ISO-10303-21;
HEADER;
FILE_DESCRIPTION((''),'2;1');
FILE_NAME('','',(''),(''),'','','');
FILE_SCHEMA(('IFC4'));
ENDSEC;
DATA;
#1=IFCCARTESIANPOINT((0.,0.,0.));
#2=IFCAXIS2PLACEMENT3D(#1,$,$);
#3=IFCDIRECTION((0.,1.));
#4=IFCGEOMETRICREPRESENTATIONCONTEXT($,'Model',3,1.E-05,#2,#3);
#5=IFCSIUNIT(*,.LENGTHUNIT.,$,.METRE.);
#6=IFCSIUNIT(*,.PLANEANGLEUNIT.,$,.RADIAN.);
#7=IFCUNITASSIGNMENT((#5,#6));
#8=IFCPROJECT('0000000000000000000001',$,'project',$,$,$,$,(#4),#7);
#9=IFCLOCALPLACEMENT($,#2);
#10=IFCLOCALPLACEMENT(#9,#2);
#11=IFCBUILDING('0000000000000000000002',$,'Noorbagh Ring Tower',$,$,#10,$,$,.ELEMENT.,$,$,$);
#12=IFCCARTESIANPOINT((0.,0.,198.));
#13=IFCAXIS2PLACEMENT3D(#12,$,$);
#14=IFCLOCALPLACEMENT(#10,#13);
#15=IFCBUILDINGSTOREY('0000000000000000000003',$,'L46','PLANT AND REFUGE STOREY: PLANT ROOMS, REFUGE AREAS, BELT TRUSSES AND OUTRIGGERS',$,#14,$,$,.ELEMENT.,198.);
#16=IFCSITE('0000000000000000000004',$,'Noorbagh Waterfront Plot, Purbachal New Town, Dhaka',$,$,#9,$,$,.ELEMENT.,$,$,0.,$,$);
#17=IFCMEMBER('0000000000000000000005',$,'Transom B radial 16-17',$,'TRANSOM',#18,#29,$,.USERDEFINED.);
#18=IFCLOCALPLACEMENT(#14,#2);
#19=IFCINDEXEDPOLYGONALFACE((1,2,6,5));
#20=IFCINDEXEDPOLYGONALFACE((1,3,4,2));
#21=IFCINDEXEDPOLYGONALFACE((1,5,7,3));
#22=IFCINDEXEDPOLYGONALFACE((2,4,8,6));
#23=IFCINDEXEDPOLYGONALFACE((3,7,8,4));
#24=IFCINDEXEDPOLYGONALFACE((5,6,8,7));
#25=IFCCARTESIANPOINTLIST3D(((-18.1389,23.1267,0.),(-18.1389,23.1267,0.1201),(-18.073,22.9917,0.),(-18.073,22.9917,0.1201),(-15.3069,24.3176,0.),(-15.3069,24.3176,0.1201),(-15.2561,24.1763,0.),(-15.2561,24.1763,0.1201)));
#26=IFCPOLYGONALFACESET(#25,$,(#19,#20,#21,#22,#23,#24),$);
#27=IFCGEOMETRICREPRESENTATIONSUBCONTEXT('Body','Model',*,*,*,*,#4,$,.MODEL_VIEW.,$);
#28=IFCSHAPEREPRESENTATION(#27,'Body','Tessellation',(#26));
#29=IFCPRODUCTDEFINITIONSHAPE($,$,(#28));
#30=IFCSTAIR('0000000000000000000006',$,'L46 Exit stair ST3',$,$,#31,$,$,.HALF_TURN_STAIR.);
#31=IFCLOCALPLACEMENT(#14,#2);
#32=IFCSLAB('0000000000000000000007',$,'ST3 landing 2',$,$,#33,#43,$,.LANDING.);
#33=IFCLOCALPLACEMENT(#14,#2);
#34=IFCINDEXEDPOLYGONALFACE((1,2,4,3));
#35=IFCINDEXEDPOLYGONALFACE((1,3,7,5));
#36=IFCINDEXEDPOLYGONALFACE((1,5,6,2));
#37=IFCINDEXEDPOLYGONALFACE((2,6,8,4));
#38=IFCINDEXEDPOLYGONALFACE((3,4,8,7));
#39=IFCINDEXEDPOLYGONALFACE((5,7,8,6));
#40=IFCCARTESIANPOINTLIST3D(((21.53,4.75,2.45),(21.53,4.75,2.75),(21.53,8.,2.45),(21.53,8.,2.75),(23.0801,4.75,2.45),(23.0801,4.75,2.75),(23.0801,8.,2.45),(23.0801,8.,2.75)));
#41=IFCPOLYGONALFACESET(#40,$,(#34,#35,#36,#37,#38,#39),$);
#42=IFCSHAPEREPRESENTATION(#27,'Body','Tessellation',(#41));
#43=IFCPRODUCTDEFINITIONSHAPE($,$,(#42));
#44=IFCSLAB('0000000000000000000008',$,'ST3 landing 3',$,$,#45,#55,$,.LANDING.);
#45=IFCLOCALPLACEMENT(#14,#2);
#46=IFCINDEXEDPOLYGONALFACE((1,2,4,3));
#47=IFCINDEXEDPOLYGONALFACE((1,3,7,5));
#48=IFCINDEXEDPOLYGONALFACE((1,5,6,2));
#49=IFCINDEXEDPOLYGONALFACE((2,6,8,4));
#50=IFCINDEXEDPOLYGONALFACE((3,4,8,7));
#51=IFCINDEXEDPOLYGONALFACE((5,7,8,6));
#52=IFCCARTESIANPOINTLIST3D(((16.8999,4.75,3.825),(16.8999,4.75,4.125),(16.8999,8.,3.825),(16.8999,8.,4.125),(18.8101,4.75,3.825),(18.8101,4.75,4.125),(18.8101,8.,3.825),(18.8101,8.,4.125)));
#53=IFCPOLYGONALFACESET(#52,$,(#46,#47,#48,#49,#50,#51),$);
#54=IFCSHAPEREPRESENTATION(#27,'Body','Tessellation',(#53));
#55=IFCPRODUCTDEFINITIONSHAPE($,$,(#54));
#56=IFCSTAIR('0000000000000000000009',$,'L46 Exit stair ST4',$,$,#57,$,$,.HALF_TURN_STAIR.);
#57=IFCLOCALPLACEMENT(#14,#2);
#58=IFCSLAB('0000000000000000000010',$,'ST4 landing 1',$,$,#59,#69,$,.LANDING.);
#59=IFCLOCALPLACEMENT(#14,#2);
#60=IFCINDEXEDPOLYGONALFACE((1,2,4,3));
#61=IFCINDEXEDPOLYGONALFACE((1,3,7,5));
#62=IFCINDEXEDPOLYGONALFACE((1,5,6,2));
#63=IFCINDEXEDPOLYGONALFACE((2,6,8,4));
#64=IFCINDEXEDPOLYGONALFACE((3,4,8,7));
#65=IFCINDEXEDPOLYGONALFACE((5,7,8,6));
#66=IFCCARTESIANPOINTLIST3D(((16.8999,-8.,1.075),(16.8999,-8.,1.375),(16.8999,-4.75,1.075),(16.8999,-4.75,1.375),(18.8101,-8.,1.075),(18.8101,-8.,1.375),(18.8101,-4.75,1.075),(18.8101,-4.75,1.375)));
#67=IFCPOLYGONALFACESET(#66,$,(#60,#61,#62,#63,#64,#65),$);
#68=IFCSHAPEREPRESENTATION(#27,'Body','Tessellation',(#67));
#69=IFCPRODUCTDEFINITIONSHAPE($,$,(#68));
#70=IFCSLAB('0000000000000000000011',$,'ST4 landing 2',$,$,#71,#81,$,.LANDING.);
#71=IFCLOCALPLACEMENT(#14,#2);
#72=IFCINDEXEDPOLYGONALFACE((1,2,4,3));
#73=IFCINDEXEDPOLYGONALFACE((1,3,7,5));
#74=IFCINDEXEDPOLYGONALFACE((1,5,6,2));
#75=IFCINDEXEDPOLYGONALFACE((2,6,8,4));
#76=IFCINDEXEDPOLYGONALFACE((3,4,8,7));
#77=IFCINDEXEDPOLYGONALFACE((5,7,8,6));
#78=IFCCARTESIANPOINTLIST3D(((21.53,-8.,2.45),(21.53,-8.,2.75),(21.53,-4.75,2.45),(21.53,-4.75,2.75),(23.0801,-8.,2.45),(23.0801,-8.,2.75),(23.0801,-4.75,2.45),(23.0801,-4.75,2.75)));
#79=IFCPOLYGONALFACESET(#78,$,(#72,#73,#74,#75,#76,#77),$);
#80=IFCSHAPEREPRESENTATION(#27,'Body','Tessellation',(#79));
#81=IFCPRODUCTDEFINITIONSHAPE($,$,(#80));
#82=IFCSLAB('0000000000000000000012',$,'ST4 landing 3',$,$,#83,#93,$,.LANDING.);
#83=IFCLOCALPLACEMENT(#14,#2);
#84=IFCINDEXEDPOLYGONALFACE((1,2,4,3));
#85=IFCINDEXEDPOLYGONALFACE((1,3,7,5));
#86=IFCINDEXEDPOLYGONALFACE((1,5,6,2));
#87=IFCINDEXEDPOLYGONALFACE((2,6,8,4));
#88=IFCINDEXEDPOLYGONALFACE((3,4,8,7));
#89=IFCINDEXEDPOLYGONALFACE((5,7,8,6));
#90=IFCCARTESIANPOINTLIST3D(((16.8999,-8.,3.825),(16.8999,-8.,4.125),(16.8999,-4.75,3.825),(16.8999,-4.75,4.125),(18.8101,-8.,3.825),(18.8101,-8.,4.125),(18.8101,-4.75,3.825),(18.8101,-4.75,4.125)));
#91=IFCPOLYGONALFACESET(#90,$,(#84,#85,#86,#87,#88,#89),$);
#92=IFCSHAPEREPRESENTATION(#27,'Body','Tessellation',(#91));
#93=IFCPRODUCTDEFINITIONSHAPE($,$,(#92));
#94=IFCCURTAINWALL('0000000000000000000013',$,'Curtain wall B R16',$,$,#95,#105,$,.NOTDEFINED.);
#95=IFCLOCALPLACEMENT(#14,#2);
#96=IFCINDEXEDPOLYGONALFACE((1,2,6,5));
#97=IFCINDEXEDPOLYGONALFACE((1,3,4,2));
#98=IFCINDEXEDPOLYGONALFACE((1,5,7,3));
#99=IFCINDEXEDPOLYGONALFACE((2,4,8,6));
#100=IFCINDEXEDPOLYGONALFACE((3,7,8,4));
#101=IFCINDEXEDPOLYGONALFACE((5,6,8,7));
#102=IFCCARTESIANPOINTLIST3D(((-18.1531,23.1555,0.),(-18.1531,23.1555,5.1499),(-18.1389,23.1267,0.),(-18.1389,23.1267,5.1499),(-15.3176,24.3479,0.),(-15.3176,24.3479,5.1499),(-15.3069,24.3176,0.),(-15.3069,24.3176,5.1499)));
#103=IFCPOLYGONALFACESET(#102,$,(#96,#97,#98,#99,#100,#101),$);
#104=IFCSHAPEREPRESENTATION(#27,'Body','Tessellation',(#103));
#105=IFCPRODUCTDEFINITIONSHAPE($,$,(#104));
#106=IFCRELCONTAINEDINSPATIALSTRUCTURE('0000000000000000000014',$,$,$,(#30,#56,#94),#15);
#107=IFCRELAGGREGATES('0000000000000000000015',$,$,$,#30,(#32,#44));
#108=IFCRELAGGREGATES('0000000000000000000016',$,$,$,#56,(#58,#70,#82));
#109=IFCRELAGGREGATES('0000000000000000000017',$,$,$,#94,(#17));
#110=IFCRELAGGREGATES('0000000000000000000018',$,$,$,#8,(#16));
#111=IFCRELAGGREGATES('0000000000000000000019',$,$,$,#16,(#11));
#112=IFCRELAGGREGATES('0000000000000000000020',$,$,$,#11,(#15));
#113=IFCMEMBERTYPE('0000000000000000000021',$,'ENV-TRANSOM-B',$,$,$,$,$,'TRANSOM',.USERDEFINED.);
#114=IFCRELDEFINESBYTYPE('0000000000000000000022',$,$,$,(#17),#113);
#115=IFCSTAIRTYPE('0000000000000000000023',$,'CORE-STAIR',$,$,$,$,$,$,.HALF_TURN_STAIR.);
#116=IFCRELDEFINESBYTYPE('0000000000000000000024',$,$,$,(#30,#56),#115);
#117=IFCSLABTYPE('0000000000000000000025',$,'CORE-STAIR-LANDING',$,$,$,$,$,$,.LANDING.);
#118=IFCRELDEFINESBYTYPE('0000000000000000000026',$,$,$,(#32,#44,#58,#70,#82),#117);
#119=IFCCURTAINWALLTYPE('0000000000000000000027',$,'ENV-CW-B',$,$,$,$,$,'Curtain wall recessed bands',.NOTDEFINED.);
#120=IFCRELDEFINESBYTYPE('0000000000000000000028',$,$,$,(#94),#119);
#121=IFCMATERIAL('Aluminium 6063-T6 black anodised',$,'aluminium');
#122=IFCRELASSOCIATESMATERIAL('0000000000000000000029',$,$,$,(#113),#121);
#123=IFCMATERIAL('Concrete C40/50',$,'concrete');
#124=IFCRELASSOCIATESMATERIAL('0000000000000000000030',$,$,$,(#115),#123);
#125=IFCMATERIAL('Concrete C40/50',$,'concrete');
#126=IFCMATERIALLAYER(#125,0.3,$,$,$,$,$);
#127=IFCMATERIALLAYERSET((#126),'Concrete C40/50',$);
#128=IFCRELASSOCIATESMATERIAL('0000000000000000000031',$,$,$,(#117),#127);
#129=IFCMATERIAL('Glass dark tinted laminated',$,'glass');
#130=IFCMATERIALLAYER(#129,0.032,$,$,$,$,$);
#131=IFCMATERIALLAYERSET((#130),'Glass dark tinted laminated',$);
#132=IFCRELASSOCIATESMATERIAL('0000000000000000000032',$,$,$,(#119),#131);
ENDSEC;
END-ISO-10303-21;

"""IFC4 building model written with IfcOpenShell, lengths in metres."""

from ifc_helpers import new_model, si_unit, direction, frame, origin, place, context, subcontext, project, spatial, polyline, outline, extrude, material, layer, layer_set, type_object, element, aggregate, save


model = new_model("IFC4")

# Units and contexts
model_context = context("Model", 3, precision=1e-05, world=origin(), true_north=direction((0.0, 1.0)))
body_context = subcontext(model_context, "Body", "Model", "MODEL_VIEW")
ifc_project = project(units=[si_unit("LENGTHUNIT", "METRE"), si_unit("PLANEANGLEUNIT", "RADIAN")], contexts=[model_context])

# Member
site_placement = place(None, origin())
building_placement = place(site_placement, origin())
storey_placement = place(building_placement, frame((0.0, 0.0, 198.0)))
ifc_material_1 = material(Name="Aluminium 6063-T6 black anodised", Category="aluminium")
member_type_1 = type_object("IfcMemberType", Name="ENV-TRANSOM-B", ElementType="TRANSOM", PredefinedType="USERDEFINED", material=ifc_material_1)
member_1_placement = place(storey_placement, origin())
member_1 = element("IfcMember", 1, at=member_1_placement, type_object=member_type_1, Name="Transom B radial 16-17", ObjectType="TRANSOM", PredefinedType="USERDEFINED", context=body_context, shape_type="SweptSolid", body=[
    extrude(outline(polyline([(-15.3069, 24.3176), (-18.1389, 23.1267), (-18.073, 22.9917), (-15.2561, 24.1763), (-15.3069, 24.3176)])), origin(), (0.0, 0.0, 1.0), 0.1201),
])

# Site, building, storey
site = spatial("IfcSite", under=ifc_project, at=site_placement, Name="Noorbagh Waterfront Plot, Purbachal New Town, Dhaka", CompositionType="ELEMENT", RefElevation=0.0)
building = spatial("IfcBuilding", under=site, at=building_placement, Name="Noorbagh Ring Tower", CompositionType="ELEMENT")
storey = spatial("IfcBuildingStorey", under=building, at=storey_placement, Name="L46", Description="PLANT AND REFUGE STOREY: PLANT ROOMS, REFUGE AREAS, BELT TRUSSES AND OUTRIGGERS", CompositionType="ELEMENT", Elevation=198.0)

# Stairs, slabs
ifc_material_2 = material(Name="Concrete C40/50", Category="concrete")
stair_type = type_object("IfcStairType", Name="CORE-STAIR", PredefinedType="HALF_TURN_STAIR", material=ifc_material_2)
stair_1_placement = place(storey_placement, origin())
stair_1 = element("IfcStair", 2, at=stair_1_placement, inside=storey, type_object=stair_type, Name="L46 Exit stair ST3", PredefinedType="HALF_TURN_STAIR")
ifc_material_3 = material(Name="Concrete C40/50", Category="concrete")
ifc_layer_1 = layer(ifc_material_3, 0.3)
ifc_layer_set_1 = layer_set([ifc_layer_1], Name="Concrete C40/50")
slab_type = type_object("IfcSlabType", Name="CORE-STAIR-LANDING", PredefinedType="LANDING", material=ifc_layer_set_1)
slab_1_placement = place(storey_placement, frame((0.0, 0.0, 2.45)))
slab_1 = element("IfcSlab", 3, at=slab_1_placement, type_object=slab_type, Name="ST3 landing 2", PredefinedType="LANDING", context=body_context, shape_type="SweptSolid", body=[
    extrude(outline(polyline([(23.0801, 8.0), (21.53, 8.0), (21.53, 4.75), (23.0801, 4.75), (23.0801, 8.0)])), origin(), (0.0, 0.0, 1.0), 0.3),
])
slab_2_placement = place(storey_placement, frame((0.0, 0.0, 3.825)))
slab_2 = element("IfcSlab", 4, at=slab_2_placement, type_object=slab_type, Name="ST3 landing 3", PredefinedType="LANDING", context=body_context, shape_type="SweptSolid", body=[
    extrude(outline(polyline([(18.8101, 8.0), (16.8999, 8.0), (16.8999, 4.75), (18.8101, 4.75), (18.8101, 8.0)])), origin(), (0.0, 0.0, 1.0), 0.3),
])
aggregate(stair_1, [slab_1, slab_2])
stair_2_placement = place(storey_placement, origin())
stair_2 = element("IfcStair", 5, at=stair_2_placement, inside=storey, type_object=stair_type, Name="L46 Exit stair ST4", PredefinedType="HALF_TURN_STAIR")
slab_3_placement = place(storey_placement, frame((0.0, 0.0, 1.075)))
slab_3 = element("IfcSlab", 6, at=slab_3_placement, type_object=slab_type, Name="ST4 landing 1", PredefinedType="LANDING", context=body_context, shape_type="SweptSolid", body=[
    extrude(outline(polyline([(18.8101, -4.75), (16.8999, -4.75), (16.8999, -8.0), (18.8101, -8.0), (18.8101, -4.75)])), origin(), (0.0, 0.0, 1.0), 0.3),
])
slab_4_placement = place(storey_placement, frame((0.0, 0.0, 2.45)))
slab_4 = element("IfcSlab", 7, at=slab_4_placement, type_object=slab_type, Name="ST4 landing 2", PredefinedType="LANDING", context=body_context, shape_type="SweptSolid", body=[
    extrude(outline(polyline([(23.0801, -4.75), (21.53, -4.75), (21.53, -8.0), (23.0801, -8.0), (23.0801, -4.75)])), origin(), (0.0, 0.0, 1.0), 0.3),
])
slab_5_placement = place(storey_placement, frame((0.0, 0.0, 3.825)))
slab_5 = element("IfcSlab", 8, at=slab_5_placement, type_object=slab_type, Name="ST4 landing 3", PredefinedType="LANDING", context=body_context, shape_type="SweptSolid", body=[
    extrude(outline(polyline([(18.8101, -4.75), (16.8999, -4.75), (16.8999, -8.0), (18.8101, -8.0), (18.8101, -4.75)])), origin(), (0.0, 0.0, 1.0), 0.3),
])
aggregate(stair_2, [slab_3, slab_4, slab_5])

# Curtain wall
ifc_material_4 = material(Name="Glass dark tinted laminated", Category="glass")
ifc_layer_2 = layer(ifc_material_4, 0.032)
ifc_layer_set_2 = layer_set([ifc_layer_2], Name="Glass dark tinted laminated")
curtain_wall_type = type_object("IfcCurtainWallType", Name="ENV-CW-B", ElementType="Curtain wall recessed bands", PredefinedType="NOTDEFINED", material=ifc_layer_set_2)
curtain_wall_1_placement = place(storey_placement, origin())
curtain_wall_1 = element("IfcCurtainWall", 9, at=curtain_wall_1_placement, inside=storey, type_object=curtain_wall_type, Name="Curtain wall B R16", PredefinedType="NOTDEFINED", context=body_context, shape_type="SweptSolid", body=[
    extrude(outline(polyline([(-15.3176, 24.3479), (-18.1531, 23.1555), (-18.1389, 23.1267), (-15.3069, 24.3176), (-15.3176, 24.3479)])), origin(), (0.0, 0.0, 1.0), 5.1499),
])
aggregate(curtain_wall_1, [member_1])

save(model, "model.ifc")
